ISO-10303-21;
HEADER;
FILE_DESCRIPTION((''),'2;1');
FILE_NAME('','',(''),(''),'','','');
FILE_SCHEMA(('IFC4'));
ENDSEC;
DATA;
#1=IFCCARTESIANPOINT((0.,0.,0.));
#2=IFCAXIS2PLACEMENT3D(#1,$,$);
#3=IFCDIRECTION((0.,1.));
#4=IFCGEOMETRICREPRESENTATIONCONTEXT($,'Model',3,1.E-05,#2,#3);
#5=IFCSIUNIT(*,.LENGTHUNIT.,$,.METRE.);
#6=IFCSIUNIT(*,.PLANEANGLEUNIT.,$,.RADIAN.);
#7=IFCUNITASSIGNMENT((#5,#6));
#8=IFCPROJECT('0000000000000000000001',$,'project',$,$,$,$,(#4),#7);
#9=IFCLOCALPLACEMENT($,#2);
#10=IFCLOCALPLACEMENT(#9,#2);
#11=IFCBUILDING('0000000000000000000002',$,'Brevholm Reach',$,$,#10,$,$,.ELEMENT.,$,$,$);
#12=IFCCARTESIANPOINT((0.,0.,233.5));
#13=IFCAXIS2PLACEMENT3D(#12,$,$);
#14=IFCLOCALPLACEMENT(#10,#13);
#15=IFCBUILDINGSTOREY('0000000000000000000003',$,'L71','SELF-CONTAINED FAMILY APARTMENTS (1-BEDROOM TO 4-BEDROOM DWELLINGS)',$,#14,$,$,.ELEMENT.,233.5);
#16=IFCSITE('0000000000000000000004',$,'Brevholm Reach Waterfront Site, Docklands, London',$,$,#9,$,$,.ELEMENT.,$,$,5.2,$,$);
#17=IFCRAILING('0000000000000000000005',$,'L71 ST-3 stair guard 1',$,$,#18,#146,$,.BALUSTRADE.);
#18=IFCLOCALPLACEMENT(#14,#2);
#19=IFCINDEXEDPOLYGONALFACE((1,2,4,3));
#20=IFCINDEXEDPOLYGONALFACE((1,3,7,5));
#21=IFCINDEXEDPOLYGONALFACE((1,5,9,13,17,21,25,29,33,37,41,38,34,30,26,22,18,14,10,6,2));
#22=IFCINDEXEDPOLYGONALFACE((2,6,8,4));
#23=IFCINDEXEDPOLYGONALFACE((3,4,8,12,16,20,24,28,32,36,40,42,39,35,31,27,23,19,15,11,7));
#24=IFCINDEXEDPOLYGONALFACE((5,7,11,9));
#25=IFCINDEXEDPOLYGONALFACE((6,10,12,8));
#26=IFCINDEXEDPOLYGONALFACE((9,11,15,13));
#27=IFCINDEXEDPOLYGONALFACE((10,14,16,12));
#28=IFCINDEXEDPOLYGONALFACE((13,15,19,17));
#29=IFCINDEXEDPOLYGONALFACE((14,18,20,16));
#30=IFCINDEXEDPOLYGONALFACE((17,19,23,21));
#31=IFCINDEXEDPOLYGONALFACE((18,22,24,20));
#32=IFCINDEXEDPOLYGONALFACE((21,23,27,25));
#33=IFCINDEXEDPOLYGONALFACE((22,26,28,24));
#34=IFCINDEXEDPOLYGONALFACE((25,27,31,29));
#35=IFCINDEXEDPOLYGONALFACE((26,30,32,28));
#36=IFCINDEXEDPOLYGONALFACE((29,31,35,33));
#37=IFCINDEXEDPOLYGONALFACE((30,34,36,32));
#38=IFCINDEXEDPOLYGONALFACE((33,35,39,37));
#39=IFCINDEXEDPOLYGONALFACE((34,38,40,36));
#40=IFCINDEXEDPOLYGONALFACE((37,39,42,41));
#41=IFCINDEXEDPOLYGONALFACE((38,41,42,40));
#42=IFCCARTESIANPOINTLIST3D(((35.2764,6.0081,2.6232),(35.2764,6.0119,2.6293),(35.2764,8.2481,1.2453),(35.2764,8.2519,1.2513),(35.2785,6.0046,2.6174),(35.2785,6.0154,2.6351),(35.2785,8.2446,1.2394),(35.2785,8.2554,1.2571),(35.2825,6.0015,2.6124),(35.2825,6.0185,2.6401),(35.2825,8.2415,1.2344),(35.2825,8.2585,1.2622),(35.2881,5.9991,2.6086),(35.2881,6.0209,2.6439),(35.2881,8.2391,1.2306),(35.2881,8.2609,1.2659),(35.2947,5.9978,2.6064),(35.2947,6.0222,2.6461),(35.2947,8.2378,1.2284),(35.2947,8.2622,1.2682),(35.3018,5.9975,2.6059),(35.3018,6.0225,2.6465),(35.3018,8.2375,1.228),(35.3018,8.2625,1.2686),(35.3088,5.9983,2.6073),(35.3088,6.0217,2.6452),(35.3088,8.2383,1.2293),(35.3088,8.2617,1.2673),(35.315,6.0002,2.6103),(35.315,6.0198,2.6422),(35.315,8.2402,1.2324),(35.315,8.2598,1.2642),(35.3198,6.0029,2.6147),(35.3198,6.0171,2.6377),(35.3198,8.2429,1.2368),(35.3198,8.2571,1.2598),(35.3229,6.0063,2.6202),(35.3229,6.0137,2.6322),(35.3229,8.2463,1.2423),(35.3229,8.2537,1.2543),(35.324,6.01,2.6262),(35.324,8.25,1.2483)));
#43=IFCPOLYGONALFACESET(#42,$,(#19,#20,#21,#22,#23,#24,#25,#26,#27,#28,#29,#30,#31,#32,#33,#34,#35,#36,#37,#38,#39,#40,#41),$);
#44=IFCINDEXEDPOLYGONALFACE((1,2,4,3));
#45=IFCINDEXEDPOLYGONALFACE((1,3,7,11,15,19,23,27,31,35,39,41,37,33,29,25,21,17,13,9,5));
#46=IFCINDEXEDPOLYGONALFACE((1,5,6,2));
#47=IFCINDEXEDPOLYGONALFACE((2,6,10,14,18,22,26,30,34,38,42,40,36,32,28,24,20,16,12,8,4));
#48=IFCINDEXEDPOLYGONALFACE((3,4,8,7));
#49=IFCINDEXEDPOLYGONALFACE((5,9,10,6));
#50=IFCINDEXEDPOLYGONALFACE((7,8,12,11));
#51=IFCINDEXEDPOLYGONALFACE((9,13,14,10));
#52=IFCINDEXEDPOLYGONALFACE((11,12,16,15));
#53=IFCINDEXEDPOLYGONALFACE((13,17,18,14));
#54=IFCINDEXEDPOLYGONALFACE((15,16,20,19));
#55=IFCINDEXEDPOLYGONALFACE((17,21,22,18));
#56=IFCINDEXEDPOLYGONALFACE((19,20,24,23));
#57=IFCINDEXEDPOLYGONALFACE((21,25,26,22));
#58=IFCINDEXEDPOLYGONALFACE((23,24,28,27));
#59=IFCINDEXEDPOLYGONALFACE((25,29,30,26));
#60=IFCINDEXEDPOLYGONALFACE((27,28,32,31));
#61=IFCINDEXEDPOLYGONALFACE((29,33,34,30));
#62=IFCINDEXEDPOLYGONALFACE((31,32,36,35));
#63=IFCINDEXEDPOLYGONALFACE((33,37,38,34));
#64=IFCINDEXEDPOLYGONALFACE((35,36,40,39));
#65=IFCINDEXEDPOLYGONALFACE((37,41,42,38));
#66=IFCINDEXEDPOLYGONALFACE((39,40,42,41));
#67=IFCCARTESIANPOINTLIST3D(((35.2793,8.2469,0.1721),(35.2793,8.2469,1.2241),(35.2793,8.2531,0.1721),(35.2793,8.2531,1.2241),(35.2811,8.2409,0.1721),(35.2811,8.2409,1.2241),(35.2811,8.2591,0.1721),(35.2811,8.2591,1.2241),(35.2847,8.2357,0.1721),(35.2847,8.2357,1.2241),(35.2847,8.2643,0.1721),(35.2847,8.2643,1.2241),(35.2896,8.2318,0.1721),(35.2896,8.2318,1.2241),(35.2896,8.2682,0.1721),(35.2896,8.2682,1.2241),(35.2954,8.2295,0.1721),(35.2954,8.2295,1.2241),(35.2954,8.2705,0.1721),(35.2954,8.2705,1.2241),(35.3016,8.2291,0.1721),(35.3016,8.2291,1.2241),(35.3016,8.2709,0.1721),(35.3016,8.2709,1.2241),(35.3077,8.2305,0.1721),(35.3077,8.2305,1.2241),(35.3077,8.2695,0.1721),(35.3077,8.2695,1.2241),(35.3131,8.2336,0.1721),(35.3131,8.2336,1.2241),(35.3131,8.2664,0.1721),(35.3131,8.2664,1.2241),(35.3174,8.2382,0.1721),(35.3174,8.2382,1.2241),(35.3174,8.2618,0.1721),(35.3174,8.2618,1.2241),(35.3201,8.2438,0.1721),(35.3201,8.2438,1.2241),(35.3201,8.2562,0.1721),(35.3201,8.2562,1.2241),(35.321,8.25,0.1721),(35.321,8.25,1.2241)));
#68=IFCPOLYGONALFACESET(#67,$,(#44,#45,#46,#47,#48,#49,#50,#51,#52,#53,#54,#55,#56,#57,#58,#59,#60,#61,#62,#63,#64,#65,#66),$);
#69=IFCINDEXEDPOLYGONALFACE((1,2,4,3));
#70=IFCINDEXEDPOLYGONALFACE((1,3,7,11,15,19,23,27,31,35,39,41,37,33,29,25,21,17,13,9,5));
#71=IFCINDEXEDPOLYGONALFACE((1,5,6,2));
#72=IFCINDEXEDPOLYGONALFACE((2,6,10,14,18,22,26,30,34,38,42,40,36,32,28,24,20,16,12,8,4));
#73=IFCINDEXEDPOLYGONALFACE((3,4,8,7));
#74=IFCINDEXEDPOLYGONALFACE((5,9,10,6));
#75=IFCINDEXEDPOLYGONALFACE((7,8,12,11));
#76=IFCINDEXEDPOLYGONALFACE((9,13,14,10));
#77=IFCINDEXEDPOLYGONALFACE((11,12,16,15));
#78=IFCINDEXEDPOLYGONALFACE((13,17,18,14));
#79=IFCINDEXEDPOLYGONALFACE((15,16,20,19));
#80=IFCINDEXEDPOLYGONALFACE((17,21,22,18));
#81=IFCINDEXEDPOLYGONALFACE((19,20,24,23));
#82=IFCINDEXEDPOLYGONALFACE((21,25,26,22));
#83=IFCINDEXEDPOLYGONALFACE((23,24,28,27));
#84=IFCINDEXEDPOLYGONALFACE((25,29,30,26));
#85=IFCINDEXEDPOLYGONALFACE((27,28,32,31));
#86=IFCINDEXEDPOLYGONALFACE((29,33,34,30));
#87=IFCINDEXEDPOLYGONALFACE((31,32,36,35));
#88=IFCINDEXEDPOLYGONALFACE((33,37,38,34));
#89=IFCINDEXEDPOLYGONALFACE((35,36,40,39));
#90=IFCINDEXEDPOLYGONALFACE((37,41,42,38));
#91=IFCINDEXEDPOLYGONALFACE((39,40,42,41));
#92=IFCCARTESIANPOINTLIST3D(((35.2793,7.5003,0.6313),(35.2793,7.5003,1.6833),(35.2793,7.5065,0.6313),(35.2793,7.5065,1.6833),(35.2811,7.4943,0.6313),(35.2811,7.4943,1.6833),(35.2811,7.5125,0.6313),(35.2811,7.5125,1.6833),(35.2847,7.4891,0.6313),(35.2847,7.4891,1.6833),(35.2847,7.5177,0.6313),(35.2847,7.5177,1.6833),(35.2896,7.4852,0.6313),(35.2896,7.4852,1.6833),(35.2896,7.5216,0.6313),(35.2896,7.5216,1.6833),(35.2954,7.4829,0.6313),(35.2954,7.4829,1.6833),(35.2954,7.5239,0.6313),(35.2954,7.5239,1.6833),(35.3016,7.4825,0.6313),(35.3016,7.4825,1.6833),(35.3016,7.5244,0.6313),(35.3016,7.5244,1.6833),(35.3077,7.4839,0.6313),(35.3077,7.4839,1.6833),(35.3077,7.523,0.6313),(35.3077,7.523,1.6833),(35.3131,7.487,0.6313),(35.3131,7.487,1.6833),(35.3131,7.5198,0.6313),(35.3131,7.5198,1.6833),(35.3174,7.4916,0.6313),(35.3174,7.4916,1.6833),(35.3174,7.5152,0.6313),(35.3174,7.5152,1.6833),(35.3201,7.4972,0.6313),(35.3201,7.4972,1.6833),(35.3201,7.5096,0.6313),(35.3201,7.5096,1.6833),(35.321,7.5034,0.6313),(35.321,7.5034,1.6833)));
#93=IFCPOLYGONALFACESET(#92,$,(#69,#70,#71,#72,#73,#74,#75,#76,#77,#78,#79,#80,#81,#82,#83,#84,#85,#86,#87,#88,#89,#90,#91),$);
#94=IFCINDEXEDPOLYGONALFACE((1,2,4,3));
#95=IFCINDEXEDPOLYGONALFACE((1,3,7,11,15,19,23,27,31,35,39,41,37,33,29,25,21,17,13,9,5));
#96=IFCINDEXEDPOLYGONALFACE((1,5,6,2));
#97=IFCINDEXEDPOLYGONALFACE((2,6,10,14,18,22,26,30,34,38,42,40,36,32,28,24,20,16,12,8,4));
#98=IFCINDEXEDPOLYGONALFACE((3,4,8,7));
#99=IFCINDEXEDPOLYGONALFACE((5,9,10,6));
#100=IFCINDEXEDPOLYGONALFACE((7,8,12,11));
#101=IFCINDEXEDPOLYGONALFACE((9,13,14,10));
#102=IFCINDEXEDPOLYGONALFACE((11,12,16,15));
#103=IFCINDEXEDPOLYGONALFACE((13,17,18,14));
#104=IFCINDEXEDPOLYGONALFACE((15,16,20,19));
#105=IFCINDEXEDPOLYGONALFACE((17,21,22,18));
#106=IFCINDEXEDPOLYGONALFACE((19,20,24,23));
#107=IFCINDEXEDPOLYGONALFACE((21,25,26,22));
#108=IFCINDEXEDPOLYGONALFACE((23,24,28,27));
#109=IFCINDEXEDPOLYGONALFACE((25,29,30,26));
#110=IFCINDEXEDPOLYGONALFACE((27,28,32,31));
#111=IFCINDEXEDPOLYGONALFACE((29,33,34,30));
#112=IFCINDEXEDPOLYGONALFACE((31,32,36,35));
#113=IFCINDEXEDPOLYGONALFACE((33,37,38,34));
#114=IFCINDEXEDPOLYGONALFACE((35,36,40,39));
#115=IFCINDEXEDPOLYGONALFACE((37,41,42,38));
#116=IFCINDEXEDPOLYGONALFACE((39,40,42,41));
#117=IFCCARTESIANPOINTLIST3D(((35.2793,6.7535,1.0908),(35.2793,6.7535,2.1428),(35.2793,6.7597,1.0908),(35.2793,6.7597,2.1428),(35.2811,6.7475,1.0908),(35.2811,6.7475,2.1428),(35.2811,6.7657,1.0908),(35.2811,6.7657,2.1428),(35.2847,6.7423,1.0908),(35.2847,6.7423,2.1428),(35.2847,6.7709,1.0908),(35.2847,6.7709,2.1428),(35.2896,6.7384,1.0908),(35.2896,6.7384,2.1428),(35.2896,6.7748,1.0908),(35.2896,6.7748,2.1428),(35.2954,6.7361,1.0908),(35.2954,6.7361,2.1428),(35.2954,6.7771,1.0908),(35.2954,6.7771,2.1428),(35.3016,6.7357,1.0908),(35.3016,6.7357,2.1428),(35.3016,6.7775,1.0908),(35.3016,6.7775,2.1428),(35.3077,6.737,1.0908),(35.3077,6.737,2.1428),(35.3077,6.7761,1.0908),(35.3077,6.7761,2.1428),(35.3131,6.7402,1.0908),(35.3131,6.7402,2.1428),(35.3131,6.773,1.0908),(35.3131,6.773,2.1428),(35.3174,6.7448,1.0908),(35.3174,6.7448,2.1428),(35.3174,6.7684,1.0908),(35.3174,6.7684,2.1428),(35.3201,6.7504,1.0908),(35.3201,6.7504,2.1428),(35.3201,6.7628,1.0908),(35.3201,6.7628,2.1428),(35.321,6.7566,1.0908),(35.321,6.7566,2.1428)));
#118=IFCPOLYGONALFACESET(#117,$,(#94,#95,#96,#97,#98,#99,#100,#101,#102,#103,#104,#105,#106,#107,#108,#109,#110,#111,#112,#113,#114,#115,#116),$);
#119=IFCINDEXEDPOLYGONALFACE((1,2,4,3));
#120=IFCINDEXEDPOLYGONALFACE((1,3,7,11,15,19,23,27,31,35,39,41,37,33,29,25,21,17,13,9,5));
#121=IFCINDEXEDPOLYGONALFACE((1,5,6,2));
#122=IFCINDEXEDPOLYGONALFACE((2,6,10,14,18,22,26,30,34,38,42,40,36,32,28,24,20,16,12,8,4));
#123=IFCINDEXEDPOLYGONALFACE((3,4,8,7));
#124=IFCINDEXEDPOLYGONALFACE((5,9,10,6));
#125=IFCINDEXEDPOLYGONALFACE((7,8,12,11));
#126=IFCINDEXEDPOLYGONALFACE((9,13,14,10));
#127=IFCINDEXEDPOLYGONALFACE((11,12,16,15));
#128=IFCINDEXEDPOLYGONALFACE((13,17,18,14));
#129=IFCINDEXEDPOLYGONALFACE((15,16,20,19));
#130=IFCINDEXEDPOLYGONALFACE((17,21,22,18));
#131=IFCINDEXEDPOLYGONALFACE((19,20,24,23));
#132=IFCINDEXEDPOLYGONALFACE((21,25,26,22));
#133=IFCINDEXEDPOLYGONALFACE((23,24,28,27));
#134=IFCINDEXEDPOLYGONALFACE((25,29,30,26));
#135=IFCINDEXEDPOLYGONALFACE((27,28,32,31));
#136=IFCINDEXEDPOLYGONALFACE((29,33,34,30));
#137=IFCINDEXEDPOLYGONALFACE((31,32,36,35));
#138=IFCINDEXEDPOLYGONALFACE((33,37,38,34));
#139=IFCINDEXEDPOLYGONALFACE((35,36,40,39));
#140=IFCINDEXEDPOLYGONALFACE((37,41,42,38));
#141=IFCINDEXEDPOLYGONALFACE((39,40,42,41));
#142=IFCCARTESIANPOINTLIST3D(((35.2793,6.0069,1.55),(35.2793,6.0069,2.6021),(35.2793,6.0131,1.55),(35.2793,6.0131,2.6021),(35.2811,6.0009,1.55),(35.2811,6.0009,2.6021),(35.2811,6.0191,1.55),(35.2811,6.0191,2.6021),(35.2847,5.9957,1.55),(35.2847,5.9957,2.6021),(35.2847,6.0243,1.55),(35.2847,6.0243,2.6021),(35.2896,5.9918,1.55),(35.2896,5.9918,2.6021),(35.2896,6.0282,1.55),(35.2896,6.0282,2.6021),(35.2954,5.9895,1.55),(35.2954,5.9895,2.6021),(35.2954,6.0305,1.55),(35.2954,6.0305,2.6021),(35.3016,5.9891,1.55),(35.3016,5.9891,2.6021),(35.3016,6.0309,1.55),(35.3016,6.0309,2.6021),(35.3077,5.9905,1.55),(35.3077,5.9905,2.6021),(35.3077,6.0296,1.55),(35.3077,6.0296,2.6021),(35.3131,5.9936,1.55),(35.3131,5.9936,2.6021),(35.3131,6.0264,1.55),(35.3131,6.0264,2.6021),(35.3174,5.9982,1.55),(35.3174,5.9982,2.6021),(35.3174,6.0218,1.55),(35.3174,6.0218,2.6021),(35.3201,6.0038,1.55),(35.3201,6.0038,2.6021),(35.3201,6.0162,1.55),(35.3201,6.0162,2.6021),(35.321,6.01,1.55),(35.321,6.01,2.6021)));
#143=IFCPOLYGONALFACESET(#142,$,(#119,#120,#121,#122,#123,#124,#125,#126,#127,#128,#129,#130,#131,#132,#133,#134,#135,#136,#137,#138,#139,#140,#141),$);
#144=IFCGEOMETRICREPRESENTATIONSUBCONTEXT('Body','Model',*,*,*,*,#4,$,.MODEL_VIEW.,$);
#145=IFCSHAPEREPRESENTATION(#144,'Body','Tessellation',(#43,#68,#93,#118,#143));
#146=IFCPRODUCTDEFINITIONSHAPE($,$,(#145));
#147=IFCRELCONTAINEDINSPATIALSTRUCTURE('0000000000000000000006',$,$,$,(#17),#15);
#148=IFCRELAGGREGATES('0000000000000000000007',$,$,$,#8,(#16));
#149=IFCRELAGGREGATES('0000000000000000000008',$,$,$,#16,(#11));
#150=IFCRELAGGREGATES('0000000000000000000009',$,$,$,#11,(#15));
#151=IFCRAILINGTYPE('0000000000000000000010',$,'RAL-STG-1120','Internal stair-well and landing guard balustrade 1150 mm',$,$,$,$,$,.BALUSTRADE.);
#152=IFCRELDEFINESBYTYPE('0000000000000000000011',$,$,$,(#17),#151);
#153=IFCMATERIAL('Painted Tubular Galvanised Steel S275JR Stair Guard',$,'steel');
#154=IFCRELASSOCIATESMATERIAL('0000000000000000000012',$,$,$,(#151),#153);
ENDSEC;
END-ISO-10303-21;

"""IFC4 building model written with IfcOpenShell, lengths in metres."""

from ifc_helpers import new_model, si_unit, direction, frame, origin, origin_2d, place, context, subcontext, project, spatial, circle, extrude, material, type_object, element, save


model = new_model("IFC4")

# Units and contexts
model_context = context("Model", 3, precision=1e-05, world=origin(), true_north=direction((0.0, 1.0)))
body_context = subcontext(model_context, "Body", "Model", "MODEL_VIEW")
ifc_project = project(units=[si_unit("LENGTHUNIT", "METRE"), si_unit("PLANEANGLEUNIT", "RADIAN")], contexts=[model_context])

# Site, building, storey
site_placement = place(None, origin())
site = spatial("IfcSite", under=ifc_project, at=site_placement, Name="Brevholm Reach Waterfront Site, Docklands, London", CompositionType="ELEMENT", RefElevation=5.2)
building_placement = place(site_placement, origin())
building = spatial("IfcBuilding", under=site, at=building_placement, Name="Brevholm Reach", CompositionType="ELEMENT")
storey_placement = place(building_placement, frame((0.0, 0.0, 233.5)))
storey = spatial("IfcBuildingStorey", under=building, at=storey_placement, Name="L71", Description="SELF-CONTAINED FAMILY APARTMENTS (1-BEDROOM TO 4-BEDROOM DWELLINGS)", CompositionType="ELEMENT", Elevation=233.5)

# Railing
ifc_material_1 = material(Name="Painted Tubular Galvanised Steel S275JR Stair Guard", Category="steel")
railing_type_1 = type_object("IfcRailingType", Name="RAL-STG-1120", Description="Internal stair-well and landing guard balustrade 1150 mm", PredefinedType="BALUSTRADE", material=ifc_material_1)
railing_1_placement = place(storey_placement, frame((35.3, 8.25, 0.1721)))
element("IfcRailing", 1, at=railing_1_placement, inside=storey, type_object=railing_type_1, Name="L71 ST-3 stair guard 1", PredefinedType="BALUSTRADE", context=body_context, shape_type="SweptSolid", body=[
    extrude(circle(Radius=0.0239, at=origin_2d()), frame((0.0, 0.0, 1.0762), z_axis=(0.0, -0.851748, 0.523952), x_axis=(1.0, 0.0, 0.0)), (0.0, 0.0, 1.0), 2.6299),
    extrude(circle(Radius=0.021, at=origin_2d()), origin(), (0.0, 0.0, 1.0), 1.052),
    extrude(circle(Radius=0.021, at=origin_2d()), frame((0.0, -0.7466, 0.4592)), (0.0, 0.0, 1.0), 1.052),
    extrude(circle(Radius=0.021, at=origin_2d()), frame((0.0, -1.4934, 0.9187)), (0.0, 0.0, 1.0), 1.052),
    extrude(circle(Radius=0.021, at=origin_2d()), frame((0.0, -2.24, 1.3779)), (0.0, 0.0, 1.0), 1.052),
])

save(model, "model.ifc")
